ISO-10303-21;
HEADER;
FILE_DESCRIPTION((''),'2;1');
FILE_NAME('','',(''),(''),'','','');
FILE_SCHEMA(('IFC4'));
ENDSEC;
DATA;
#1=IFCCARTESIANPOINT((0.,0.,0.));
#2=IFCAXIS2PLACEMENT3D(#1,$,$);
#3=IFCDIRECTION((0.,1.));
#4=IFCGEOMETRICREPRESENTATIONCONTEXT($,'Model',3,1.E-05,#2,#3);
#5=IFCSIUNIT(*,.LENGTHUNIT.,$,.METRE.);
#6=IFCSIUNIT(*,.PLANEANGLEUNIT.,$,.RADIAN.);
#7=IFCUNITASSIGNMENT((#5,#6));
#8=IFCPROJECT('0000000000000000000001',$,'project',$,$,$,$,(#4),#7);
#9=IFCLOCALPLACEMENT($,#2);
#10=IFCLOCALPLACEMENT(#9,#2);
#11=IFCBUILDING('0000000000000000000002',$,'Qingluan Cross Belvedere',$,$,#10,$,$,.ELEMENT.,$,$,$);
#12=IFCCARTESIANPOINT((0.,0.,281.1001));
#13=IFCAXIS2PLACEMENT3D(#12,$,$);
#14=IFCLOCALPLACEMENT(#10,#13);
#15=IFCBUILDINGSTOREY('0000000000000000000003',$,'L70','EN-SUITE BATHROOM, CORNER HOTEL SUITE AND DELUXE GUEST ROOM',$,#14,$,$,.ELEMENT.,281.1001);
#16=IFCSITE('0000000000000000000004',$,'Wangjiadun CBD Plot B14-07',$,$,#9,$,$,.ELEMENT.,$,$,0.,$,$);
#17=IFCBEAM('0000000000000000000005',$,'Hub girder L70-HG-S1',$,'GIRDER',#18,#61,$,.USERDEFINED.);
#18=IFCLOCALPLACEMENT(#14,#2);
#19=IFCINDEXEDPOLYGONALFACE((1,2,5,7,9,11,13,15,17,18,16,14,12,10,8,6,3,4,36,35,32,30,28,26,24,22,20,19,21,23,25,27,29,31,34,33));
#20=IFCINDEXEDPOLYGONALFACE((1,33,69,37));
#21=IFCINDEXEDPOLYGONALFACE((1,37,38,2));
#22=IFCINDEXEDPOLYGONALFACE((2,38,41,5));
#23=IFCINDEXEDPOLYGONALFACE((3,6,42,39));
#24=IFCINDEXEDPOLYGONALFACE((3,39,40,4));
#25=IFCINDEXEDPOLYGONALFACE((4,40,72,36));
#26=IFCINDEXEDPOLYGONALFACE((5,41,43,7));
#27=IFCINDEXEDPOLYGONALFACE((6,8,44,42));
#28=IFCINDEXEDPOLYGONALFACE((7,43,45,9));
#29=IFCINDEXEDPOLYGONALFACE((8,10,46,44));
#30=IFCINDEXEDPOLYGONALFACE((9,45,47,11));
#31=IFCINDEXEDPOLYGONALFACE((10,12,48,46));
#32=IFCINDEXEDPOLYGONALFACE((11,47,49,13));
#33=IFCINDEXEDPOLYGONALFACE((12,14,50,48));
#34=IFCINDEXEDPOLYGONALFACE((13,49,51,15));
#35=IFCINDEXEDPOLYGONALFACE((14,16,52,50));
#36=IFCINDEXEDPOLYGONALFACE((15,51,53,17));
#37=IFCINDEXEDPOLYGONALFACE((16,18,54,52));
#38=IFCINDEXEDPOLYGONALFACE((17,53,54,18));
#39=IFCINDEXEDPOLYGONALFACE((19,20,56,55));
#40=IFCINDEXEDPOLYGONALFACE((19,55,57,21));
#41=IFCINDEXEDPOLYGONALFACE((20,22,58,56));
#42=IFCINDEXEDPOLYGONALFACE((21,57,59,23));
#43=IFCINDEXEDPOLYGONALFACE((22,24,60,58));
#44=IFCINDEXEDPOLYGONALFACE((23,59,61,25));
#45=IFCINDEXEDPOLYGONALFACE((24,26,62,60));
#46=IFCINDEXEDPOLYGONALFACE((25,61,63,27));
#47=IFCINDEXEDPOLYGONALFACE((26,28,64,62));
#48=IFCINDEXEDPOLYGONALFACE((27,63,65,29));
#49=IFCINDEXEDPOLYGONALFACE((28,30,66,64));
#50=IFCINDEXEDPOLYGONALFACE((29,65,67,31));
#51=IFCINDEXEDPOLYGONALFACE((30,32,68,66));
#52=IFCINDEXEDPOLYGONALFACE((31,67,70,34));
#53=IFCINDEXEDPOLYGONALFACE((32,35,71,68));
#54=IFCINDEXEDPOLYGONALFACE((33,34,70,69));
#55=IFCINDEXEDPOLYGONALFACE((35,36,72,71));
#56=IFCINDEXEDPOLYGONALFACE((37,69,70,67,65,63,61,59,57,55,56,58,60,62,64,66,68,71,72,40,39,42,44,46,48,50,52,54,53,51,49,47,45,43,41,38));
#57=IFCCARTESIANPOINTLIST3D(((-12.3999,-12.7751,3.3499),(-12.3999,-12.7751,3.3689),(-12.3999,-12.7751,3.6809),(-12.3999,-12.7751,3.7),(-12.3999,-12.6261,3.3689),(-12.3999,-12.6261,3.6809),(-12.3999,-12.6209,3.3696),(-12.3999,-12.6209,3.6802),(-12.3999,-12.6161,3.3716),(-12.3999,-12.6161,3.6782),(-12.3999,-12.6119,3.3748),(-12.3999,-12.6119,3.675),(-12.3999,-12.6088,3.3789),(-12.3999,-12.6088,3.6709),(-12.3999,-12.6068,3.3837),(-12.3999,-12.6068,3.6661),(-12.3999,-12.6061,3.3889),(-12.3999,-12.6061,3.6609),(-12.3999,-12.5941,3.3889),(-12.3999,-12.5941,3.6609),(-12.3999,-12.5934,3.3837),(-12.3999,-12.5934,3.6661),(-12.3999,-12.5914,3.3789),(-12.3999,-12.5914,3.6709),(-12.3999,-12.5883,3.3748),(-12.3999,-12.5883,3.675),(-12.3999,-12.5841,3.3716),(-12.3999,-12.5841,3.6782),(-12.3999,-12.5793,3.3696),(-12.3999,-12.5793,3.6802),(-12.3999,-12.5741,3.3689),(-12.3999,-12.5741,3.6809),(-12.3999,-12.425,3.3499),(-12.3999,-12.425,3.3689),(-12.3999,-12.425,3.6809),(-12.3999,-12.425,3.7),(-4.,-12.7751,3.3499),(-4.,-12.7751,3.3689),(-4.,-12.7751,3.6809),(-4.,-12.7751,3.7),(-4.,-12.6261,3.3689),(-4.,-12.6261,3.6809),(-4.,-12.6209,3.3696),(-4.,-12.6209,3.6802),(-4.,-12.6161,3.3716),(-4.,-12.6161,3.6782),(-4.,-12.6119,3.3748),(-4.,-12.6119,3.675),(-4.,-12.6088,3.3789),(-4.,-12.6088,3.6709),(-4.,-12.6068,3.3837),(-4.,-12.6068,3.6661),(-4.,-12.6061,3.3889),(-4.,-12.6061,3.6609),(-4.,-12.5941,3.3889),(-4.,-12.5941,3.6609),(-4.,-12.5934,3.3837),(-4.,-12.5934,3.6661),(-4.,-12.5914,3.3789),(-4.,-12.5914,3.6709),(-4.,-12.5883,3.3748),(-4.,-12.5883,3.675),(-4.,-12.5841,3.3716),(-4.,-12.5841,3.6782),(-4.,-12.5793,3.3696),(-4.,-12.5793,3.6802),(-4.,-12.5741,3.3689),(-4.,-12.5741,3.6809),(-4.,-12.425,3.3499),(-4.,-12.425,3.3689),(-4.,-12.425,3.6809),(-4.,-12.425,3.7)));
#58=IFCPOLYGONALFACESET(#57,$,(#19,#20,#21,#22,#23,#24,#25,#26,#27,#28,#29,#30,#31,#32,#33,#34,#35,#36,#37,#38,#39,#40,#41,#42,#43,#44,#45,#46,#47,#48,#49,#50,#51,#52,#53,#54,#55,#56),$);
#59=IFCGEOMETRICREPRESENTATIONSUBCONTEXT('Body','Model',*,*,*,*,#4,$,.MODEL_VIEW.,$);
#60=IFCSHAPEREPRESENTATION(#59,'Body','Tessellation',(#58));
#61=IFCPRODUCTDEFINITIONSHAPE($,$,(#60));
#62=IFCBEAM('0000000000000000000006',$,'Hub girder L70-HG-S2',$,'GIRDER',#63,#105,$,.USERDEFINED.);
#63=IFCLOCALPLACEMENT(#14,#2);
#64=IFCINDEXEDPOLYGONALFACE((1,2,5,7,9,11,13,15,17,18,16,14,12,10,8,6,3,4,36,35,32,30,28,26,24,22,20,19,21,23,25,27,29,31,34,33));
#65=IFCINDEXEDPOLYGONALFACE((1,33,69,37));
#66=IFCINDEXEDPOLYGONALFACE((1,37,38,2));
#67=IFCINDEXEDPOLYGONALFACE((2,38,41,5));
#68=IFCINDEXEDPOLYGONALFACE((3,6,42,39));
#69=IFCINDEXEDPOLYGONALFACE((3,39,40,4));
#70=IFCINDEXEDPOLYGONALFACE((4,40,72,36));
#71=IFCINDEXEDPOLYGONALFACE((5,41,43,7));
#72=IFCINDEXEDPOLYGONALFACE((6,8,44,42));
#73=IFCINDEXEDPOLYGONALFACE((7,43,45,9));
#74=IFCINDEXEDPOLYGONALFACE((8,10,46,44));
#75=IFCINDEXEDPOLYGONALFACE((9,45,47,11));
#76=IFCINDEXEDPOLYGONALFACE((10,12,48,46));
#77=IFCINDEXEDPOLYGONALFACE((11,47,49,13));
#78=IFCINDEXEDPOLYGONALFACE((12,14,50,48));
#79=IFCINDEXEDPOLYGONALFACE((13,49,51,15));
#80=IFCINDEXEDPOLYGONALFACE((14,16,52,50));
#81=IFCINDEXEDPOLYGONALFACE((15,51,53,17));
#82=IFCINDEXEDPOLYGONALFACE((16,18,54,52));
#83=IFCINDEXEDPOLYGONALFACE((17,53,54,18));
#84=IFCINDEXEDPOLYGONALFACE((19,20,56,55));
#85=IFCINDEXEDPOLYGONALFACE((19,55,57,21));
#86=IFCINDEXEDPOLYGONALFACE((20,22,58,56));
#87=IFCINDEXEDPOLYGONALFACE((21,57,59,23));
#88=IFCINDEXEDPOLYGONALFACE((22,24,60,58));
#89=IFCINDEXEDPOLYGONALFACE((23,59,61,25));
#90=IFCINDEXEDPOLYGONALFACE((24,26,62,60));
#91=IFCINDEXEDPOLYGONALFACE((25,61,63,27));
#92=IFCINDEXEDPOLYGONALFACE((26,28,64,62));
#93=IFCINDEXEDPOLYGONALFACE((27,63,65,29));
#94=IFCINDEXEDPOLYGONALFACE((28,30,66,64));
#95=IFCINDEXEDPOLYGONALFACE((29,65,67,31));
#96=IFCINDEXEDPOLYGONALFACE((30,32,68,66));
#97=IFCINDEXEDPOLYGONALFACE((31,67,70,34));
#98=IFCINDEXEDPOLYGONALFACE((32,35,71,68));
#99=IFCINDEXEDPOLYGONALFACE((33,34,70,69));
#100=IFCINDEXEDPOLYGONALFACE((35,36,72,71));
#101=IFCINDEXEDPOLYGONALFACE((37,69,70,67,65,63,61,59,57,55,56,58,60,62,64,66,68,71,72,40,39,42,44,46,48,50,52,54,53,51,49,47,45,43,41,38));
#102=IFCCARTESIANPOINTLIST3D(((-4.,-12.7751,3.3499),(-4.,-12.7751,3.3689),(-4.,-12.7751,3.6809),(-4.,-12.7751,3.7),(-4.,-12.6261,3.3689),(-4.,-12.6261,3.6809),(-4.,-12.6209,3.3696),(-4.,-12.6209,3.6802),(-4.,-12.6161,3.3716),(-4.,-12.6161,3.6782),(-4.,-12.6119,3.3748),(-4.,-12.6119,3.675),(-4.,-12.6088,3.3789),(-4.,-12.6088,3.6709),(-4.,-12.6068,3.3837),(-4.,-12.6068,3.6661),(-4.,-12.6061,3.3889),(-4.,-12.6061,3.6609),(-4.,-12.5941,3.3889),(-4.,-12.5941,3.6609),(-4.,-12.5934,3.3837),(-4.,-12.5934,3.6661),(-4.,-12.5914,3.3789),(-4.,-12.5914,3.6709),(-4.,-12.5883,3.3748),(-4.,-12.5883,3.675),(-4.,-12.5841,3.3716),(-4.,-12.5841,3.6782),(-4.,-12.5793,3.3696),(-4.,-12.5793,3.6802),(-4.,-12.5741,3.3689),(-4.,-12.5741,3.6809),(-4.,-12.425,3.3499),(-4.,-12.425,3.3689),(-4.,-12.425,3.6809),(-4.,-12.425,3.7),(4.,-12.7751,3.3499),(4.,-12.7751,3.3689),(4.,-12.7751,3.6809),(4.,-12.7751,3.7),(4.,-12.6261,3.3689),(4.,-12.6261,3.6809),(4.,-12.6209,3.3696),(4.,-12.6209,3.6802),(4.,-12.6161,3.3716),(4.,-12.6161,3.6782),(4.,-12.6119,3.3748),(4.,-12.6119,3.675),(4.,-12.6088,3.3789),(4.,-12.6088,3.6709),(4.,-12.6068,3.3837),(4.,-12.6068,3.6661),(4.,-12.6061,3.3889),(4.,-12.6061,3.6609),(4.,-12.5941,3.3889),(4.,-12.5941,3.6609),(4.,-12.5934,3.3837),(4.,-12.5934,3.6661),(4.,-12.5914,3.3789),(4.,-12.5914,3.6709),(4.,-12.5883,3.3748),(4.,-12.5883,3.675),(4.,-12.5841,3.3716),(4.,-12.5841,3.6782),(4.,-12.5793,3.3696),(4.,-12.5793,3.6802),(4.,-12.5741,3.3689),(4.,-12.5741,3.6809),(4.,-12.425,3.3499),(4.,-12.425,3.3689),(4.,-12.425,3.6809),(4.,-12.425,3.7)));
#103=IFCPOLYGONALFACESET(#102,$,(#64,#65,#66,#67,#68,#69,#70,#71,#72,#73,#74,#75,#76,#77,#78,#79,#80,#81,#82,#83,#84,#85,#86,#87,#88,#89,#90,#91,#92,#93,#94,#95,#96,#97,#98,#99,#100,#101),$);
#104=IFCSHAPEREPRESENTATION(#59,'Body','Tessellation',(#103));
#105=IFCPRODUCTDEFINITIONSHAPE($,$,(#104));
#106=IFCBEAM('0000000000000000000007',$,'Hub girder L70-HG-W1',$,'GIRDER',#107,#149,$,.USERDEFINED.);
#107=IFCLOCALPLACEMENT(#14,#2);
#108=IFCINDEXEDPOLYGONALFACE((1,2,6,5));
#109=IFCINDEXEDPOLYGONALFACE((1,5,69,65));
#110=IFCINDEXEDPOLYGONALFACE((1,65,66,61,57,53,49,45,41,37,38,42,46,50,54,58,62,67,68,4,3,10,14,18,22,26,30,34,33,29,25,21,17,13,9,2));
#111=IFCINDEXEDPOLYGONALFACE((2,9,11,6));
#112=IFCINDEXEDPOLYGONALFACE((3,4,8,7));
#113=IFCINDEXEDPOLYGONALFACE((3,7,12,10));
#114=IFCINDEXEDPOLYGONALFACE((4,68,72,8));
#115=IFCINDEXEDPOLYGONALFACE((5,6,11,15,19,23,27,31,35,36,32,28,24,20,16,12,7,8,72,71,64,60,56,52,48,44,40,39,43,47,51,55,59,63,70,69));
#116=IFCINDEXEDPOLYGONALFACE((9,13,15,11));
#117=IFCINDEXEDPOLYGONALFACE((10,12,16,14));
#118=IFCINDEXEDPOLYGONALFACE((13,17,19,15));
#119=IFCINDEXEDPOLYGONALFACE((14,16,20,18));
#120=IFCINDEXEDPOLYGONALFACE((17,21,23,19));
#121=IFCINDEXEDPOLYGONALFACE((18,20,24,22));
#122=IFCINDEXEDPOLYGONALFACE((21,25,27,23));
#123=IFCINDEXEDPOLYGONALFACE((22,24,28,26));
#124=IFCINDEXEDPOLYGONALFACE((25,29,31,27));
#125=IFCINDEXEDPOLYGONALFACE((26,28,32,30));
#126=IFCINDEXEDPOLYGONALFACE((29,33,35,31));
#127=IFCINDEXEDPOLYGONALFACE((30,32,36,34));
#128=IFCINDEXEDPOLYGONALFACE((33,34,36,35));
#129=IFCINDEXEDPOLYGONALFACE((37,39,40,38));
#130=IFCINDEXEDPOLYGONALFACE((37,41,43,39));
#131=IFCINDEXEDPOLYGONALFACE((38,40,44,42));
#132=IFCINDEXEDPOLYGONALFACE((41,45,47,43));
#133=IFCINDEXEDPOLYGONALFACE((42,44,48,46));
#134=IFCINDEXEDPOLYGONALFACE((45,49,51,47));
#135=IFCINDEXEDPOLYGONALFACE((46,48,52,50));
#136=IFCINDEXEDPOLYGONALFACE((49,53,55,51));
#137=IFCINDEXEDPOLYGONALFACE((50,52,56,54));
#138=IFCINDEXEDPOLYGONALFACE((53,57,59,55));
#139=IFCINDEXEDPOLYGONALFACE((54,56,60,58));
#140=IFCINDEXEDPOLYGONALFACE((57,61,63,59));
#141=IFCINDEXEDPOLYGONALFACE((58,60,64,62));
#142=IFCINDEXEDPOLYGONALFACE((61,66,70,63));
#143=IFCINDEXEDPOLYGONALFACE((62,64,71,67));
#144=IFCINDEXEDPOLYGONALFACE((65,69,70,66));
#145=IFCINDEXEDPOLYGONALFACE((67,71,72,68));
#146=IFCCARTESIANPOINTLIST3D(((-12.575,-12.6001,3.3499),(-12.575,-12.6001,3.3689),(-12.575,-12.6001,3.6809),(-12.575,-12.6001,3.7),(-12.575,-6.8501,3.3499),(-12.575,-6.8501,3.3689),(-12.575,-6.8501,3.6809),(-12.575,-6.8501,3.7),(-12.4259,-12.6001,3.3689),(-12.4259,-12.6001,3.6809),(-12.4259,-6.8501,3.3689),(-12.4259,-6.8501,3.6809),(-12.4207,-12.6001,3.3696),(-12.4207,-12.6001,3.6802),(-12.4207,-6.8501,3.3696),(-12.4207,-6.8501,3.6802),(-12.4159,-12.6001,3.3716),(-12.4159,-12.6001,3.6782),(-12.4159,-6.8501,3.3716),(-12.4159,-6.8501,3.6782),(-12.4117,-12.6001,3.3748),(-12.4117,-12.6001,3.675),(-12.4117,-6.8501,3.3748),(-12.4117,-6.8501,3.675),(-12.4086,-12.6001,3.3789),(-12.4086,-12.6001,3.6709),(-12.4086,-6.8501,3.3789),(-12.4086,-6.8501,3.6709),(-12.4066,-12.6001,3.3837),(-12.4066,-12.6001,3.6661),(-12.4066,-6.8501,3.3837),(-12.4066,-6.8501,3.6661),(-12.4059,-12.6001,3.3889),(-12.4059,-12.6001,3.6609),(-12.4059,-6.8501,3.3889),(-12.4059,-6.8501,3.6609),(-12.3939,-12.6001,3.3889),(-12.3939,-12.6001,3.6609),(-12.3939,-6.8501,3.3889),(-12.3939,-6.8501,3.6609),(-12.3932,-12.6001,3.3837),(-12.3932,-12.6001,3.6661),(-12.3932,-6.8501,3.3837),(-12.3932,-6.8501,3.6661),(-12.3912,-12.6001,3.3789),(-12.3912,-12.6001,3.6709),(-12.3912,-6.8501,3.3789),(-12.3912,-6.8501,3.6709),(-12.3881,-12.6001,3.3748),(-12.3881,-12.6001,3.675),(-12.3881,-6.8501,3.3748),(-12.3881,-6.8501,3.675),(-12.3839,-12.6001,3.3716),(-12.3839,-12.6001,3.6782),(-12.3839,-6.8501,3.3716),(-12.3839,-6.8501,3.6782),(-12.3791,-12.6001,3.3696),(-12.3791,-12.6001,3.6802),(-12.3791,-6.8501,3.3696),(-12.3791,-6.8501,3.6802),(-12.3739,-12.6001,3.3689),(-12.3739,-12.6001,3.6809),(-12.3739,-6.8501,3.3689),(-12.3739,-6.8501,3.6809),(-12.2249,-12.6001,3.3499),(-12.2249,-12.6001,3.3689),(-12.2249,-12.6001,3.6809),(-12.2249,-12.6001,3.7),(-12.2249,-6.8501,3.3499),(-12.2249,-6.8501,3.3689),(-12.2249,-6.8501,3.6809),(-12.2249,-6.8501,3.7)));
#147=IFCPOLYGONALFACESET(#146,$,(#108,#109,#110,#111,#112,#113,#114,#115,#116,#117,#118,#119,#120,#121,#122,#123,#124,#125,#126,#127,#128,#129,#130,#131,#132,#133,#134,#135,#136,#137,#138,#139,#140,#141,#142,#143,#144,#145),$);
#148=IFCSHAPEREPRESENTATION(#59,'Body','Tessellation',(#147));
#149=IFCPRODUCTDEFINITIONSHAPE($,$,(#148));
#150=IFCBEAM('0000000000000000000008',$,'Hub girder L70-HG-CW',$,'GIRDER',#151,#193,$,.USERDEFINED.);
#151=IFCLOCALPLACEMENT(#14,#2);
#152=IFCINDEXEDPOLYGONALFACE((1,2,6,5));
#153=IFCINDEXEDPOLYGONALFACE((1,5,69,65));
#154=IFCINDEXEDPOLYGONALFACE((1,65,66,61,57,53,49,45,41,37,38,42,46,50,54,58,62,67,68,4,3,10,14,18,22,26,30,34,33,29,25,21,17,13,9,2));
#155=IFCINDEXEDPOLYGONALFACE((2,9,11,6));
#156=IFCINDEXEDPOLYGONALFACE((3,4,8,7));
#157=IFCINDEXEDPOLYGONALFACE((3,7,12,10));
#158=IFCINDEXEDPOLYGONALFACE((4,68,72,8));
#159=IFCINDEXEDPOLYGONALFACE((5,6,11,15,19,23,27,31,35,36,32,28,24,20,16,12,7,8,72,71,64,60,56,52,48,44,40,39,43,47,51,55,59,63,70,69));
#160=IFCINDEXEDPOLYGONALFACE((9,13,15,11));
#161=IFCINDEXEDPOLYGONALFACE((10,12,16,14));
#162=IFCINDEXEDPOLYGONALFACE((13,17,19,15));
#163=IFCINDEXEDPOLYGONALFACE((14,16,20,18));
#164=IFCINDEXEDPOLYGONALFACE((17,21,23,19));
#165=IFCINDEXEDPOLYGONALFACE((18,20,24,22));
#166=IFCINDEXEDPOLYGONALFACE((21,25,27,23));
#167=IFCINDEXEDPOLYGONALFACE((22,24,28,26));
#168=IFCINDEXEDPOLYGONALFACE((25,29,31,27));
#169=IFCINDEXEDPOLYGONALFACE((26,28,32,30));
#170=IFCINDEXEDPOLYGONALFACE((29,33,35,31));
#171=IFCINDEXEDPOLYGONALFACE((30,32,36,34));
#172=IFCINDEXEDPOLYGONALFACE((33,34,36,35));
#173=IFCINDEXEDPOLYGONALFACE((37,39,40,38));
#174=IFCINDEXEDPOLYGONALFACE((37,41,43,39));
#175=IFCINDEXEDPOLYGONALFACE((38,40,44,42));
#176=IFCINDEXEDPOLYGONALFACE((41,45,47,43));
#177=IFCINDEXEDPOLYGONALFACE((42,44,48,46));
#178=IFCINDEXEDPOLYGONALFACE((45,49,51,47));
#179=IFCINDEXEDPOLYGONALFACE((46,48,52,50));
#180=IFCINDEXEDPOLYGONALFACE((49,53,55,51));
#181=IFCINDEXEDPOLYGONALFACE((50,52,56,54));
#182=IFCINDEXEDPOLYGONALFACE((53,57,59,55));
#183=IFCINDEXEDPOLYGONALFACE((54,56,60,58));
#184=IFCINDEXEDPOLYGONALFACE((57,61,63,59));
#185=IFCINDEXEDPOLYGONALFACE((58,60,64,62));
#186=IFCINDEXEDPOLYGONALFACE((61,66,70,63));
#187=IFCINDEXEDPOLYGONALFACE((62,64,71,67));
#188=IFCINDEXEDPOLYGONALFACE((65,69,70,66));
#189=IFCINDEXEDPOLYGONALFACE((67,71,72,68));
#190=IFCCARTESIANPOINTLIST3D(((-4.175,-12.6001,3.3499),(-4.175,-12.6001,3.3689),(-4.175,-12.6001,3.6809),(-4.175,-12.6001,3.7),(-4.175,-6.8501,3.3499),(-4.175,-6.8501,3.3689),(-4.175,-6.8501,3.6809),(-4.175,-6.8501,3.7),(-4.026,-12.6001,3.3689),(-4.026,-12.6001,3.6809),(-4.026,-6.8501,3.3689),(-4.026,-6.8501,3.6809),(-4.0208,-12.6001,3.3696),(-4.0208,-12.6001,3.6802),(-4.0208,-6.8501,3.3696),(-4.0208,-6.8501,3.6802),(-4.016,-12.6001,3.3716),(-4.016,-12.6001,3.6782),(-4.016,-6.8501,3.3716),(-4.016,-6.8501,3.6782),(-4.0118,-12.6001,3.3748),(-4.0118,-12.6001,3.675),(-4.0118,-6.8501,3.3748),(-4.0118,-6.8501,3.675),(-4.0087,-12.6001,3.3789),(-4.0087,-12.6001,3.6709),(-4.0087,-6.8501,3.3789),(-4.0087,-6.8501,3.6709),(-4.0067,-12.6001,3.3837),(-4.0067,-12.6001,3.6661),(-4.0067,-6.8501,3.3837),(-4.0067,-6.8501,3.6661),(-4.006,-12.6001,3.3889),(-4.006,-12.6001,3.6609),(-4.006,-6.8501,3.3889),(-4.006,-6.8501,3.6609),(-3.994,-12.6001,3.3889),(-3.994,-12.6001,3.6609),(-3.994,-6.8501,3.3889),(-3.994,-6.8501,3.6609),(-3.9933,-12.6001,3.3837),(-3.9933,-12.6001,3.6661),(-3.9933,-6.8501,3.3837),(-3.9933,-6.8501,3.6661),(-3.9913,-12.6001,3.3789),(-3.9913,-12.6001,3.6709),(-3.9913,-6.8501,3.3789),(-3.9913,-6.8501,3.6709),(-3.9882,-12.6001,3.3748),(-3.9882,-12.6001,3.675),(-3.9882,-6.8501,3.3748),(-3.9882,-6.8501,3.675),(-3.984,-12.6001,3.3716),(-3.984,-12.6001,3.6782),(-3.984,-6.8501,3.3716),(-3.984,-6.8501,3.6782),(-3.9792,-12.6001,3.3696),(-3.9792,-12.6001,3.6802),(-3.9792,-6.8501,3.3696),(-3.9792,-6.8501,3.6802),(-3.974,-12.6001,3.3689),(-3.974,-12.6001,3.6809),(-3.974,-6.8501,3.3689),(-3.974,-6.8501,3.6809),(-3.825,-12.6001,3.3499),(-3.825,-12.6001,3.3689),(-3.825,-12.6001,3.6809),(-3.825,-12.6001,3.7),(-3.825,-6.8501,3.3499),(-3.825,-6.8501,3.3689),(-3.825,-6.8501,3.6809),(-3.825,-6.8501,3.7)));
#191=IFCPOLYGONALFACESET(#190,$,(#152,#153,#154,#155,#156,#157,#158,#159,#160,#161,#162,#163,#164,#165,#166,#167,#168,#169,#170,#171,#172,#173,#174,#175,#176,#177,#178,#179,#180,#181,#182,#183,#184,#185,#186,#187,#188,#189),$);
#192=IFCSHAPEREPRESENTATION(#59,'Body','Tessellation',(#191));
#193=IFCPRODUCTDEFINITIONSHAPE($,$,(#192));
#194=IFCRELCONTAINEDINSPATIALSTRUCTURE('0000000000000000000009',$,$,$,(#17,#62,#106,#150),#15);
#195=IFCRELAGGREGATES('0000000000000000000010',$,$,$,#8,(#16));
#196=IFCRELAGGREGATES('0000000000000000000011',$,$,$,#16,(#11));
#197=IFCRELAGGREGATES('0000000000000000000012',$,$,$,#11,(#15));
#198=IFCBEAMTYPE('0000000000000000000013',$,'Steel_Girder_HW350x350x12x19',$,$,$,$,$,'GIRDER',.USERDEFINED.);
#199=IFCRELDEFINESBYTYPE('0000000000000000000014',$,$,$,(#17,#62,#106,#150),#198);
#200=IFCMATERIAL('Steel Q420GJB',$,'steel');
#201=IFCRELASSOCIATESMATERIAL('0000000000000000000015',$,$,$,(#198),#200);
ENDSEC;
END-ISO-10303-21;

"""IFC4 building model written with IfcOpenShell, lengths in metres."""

from ifc_helpers import new_model, si_unit, direction, frame, origin, origin_2d, place, context, subcontext, project, spatial, i_section, extrude, material, material_profile, profile_set, type_object, element, save


model = new_model("IFC4")

# Units and contexts
model_context = context("Model", 3, precision=1e-05, world=origin(), true_north=direction((0.0, 1.0)))
body_context = subcontext(model_context, "Body", "Model", "MODEL_VIEW")
ifc_project = project(units=[si_unit("LENGTHUNIT", "METRE"), si_unit("PLANEANGLEUNIT", "RADIAN")], contexts=[model_context])

# Site, building, storey
site_placement = place(None, origin())
site = spatial("IfcSite", under=ifc_project, at=site_placement, Name="Wangjiadun CBD Plot B14-07", CompositionType="ELEMENT", RefElevation=0.0)
building_placement = place(site_placement, origin())
building = spatial("IfcBuilding", under=site, at=building_placement, Name="Qingluan Cross Belvedere", CompositionType="ELEMENT")
storey_placement = place(building_placement, frame((0.0, 0.0, 281.1001)))
storey = spatial("IfcBuildingStorey", under=building, at=storey_placement, Name="L70", Description="EN-SUITE BATHROOM, CORNER HOTEL SUITE AND DELUXE GUEST ROOM", CompositionType="ELEMENT", Elevation=281.1001)

# Beams
ifc_material_1 = material(Name="Steel Q420GJB", Category="steel")
ifc_material_profile_1 = material_profile(ifc_material_1, i_section(OverallWidth=0.3501, OverallDepth=0.3501, WebThickness=0.012, FlangeThickness=0.019, FilletRadius=0.02, at=origin_2d()), Name="HW350x350x12x19")
ifc_profile_set_1 = profile_set([ifc_material_profile_1], Name="Steel Q420GJB")
beam_type_1 = type_object("IfcBeamType", Name="Steel_Girder_HW350x350x12x19", ElementType="GIRDER", PredefinedType="USERDEFINED", material=ifc_profile_set_1)
beam_1_placement = place(storey_placement, frame((-12.3999, -12.6001, 3.5249), z_axis=(1.0, 0.0, 0.0), x_axis=(0.0, 1.0, 0.0)))
element("IfcBeam", 1, at=beam_1_placement, inside=storey, type_object=beam_type_1, Name="Hub girder L70-HG-S1", ObjectType="GIRDER", PredefinedType="USERDEFINED", context=body_context, shape_type="SweptSolid", body=[
    extrude(i_section(OverallWidth=0.3501, OverallDepth=0.3501, WebThickness=0.012, FlangeThickness=0.019, FilletRadius=0.02, at=origin_2d()), origin(), (0.0, 0.0, 1.0), 8.3999),
])
beam_2_placement = place(storey_placement, frame((-4.0, -12.6001, 3.5249), z_axis=(1.0, 0.0, 0.0), x_axis=(0.0, 1.0, 0.0)))
element("IfcBeam", 2, at=beam_2_placement, inside=storey, type_object=beam_type_1, Name="Hub girder L70-HG-S2", ObjectType="GIRDER", PredefinedType="USERDEFINED", context=body_context, shape_type="SweptSolid", body=[
    extrude(i_section(OverallWidth=0.3501, OverallDepth=0.3501, WebThickness=0.012, FlangeThickness=0.019, FilletRadius=0.02, at=origin_2d()), origin(), (0.0, 0.0, 1.0), 8.0),
])
for number, where, z_axis, x_axis, name in (
    (3, (-12.3999, -12.6001, 3.5249), (0.0, 1.0, 0.0), (-1.0, 0.0, 0.0), "Hub girder L70-HG-W1"),
    (4, (-4.0, -12.6001, 3.5249), (0.0, 1.0, 0.0), (-1.0, 0.0, 0.0), "Hub girder L70-HG-CW"),
):
    element("IfcBeam", number, at=place(storey_placement, frame(where, z_axis=z_axis, x_axis=x_axis)), inside=storey, type_object=beam_type_1, Name=name, ObjectType="GIRDER", PredefinedType="USERDEFINED", context=body_context, shape_type="SweptSolid", body=[
        extrude(i_section(OverallWidth=0.3501, OverallDepth=0.3501, WebThickness=0.012, FlangeThickness=0.019, FilletRadius=0.02, at=origin_2d()), origin(), (0.0, 0.0, 1.0), 5.75),
    ])

save(model, "model.ifc")
